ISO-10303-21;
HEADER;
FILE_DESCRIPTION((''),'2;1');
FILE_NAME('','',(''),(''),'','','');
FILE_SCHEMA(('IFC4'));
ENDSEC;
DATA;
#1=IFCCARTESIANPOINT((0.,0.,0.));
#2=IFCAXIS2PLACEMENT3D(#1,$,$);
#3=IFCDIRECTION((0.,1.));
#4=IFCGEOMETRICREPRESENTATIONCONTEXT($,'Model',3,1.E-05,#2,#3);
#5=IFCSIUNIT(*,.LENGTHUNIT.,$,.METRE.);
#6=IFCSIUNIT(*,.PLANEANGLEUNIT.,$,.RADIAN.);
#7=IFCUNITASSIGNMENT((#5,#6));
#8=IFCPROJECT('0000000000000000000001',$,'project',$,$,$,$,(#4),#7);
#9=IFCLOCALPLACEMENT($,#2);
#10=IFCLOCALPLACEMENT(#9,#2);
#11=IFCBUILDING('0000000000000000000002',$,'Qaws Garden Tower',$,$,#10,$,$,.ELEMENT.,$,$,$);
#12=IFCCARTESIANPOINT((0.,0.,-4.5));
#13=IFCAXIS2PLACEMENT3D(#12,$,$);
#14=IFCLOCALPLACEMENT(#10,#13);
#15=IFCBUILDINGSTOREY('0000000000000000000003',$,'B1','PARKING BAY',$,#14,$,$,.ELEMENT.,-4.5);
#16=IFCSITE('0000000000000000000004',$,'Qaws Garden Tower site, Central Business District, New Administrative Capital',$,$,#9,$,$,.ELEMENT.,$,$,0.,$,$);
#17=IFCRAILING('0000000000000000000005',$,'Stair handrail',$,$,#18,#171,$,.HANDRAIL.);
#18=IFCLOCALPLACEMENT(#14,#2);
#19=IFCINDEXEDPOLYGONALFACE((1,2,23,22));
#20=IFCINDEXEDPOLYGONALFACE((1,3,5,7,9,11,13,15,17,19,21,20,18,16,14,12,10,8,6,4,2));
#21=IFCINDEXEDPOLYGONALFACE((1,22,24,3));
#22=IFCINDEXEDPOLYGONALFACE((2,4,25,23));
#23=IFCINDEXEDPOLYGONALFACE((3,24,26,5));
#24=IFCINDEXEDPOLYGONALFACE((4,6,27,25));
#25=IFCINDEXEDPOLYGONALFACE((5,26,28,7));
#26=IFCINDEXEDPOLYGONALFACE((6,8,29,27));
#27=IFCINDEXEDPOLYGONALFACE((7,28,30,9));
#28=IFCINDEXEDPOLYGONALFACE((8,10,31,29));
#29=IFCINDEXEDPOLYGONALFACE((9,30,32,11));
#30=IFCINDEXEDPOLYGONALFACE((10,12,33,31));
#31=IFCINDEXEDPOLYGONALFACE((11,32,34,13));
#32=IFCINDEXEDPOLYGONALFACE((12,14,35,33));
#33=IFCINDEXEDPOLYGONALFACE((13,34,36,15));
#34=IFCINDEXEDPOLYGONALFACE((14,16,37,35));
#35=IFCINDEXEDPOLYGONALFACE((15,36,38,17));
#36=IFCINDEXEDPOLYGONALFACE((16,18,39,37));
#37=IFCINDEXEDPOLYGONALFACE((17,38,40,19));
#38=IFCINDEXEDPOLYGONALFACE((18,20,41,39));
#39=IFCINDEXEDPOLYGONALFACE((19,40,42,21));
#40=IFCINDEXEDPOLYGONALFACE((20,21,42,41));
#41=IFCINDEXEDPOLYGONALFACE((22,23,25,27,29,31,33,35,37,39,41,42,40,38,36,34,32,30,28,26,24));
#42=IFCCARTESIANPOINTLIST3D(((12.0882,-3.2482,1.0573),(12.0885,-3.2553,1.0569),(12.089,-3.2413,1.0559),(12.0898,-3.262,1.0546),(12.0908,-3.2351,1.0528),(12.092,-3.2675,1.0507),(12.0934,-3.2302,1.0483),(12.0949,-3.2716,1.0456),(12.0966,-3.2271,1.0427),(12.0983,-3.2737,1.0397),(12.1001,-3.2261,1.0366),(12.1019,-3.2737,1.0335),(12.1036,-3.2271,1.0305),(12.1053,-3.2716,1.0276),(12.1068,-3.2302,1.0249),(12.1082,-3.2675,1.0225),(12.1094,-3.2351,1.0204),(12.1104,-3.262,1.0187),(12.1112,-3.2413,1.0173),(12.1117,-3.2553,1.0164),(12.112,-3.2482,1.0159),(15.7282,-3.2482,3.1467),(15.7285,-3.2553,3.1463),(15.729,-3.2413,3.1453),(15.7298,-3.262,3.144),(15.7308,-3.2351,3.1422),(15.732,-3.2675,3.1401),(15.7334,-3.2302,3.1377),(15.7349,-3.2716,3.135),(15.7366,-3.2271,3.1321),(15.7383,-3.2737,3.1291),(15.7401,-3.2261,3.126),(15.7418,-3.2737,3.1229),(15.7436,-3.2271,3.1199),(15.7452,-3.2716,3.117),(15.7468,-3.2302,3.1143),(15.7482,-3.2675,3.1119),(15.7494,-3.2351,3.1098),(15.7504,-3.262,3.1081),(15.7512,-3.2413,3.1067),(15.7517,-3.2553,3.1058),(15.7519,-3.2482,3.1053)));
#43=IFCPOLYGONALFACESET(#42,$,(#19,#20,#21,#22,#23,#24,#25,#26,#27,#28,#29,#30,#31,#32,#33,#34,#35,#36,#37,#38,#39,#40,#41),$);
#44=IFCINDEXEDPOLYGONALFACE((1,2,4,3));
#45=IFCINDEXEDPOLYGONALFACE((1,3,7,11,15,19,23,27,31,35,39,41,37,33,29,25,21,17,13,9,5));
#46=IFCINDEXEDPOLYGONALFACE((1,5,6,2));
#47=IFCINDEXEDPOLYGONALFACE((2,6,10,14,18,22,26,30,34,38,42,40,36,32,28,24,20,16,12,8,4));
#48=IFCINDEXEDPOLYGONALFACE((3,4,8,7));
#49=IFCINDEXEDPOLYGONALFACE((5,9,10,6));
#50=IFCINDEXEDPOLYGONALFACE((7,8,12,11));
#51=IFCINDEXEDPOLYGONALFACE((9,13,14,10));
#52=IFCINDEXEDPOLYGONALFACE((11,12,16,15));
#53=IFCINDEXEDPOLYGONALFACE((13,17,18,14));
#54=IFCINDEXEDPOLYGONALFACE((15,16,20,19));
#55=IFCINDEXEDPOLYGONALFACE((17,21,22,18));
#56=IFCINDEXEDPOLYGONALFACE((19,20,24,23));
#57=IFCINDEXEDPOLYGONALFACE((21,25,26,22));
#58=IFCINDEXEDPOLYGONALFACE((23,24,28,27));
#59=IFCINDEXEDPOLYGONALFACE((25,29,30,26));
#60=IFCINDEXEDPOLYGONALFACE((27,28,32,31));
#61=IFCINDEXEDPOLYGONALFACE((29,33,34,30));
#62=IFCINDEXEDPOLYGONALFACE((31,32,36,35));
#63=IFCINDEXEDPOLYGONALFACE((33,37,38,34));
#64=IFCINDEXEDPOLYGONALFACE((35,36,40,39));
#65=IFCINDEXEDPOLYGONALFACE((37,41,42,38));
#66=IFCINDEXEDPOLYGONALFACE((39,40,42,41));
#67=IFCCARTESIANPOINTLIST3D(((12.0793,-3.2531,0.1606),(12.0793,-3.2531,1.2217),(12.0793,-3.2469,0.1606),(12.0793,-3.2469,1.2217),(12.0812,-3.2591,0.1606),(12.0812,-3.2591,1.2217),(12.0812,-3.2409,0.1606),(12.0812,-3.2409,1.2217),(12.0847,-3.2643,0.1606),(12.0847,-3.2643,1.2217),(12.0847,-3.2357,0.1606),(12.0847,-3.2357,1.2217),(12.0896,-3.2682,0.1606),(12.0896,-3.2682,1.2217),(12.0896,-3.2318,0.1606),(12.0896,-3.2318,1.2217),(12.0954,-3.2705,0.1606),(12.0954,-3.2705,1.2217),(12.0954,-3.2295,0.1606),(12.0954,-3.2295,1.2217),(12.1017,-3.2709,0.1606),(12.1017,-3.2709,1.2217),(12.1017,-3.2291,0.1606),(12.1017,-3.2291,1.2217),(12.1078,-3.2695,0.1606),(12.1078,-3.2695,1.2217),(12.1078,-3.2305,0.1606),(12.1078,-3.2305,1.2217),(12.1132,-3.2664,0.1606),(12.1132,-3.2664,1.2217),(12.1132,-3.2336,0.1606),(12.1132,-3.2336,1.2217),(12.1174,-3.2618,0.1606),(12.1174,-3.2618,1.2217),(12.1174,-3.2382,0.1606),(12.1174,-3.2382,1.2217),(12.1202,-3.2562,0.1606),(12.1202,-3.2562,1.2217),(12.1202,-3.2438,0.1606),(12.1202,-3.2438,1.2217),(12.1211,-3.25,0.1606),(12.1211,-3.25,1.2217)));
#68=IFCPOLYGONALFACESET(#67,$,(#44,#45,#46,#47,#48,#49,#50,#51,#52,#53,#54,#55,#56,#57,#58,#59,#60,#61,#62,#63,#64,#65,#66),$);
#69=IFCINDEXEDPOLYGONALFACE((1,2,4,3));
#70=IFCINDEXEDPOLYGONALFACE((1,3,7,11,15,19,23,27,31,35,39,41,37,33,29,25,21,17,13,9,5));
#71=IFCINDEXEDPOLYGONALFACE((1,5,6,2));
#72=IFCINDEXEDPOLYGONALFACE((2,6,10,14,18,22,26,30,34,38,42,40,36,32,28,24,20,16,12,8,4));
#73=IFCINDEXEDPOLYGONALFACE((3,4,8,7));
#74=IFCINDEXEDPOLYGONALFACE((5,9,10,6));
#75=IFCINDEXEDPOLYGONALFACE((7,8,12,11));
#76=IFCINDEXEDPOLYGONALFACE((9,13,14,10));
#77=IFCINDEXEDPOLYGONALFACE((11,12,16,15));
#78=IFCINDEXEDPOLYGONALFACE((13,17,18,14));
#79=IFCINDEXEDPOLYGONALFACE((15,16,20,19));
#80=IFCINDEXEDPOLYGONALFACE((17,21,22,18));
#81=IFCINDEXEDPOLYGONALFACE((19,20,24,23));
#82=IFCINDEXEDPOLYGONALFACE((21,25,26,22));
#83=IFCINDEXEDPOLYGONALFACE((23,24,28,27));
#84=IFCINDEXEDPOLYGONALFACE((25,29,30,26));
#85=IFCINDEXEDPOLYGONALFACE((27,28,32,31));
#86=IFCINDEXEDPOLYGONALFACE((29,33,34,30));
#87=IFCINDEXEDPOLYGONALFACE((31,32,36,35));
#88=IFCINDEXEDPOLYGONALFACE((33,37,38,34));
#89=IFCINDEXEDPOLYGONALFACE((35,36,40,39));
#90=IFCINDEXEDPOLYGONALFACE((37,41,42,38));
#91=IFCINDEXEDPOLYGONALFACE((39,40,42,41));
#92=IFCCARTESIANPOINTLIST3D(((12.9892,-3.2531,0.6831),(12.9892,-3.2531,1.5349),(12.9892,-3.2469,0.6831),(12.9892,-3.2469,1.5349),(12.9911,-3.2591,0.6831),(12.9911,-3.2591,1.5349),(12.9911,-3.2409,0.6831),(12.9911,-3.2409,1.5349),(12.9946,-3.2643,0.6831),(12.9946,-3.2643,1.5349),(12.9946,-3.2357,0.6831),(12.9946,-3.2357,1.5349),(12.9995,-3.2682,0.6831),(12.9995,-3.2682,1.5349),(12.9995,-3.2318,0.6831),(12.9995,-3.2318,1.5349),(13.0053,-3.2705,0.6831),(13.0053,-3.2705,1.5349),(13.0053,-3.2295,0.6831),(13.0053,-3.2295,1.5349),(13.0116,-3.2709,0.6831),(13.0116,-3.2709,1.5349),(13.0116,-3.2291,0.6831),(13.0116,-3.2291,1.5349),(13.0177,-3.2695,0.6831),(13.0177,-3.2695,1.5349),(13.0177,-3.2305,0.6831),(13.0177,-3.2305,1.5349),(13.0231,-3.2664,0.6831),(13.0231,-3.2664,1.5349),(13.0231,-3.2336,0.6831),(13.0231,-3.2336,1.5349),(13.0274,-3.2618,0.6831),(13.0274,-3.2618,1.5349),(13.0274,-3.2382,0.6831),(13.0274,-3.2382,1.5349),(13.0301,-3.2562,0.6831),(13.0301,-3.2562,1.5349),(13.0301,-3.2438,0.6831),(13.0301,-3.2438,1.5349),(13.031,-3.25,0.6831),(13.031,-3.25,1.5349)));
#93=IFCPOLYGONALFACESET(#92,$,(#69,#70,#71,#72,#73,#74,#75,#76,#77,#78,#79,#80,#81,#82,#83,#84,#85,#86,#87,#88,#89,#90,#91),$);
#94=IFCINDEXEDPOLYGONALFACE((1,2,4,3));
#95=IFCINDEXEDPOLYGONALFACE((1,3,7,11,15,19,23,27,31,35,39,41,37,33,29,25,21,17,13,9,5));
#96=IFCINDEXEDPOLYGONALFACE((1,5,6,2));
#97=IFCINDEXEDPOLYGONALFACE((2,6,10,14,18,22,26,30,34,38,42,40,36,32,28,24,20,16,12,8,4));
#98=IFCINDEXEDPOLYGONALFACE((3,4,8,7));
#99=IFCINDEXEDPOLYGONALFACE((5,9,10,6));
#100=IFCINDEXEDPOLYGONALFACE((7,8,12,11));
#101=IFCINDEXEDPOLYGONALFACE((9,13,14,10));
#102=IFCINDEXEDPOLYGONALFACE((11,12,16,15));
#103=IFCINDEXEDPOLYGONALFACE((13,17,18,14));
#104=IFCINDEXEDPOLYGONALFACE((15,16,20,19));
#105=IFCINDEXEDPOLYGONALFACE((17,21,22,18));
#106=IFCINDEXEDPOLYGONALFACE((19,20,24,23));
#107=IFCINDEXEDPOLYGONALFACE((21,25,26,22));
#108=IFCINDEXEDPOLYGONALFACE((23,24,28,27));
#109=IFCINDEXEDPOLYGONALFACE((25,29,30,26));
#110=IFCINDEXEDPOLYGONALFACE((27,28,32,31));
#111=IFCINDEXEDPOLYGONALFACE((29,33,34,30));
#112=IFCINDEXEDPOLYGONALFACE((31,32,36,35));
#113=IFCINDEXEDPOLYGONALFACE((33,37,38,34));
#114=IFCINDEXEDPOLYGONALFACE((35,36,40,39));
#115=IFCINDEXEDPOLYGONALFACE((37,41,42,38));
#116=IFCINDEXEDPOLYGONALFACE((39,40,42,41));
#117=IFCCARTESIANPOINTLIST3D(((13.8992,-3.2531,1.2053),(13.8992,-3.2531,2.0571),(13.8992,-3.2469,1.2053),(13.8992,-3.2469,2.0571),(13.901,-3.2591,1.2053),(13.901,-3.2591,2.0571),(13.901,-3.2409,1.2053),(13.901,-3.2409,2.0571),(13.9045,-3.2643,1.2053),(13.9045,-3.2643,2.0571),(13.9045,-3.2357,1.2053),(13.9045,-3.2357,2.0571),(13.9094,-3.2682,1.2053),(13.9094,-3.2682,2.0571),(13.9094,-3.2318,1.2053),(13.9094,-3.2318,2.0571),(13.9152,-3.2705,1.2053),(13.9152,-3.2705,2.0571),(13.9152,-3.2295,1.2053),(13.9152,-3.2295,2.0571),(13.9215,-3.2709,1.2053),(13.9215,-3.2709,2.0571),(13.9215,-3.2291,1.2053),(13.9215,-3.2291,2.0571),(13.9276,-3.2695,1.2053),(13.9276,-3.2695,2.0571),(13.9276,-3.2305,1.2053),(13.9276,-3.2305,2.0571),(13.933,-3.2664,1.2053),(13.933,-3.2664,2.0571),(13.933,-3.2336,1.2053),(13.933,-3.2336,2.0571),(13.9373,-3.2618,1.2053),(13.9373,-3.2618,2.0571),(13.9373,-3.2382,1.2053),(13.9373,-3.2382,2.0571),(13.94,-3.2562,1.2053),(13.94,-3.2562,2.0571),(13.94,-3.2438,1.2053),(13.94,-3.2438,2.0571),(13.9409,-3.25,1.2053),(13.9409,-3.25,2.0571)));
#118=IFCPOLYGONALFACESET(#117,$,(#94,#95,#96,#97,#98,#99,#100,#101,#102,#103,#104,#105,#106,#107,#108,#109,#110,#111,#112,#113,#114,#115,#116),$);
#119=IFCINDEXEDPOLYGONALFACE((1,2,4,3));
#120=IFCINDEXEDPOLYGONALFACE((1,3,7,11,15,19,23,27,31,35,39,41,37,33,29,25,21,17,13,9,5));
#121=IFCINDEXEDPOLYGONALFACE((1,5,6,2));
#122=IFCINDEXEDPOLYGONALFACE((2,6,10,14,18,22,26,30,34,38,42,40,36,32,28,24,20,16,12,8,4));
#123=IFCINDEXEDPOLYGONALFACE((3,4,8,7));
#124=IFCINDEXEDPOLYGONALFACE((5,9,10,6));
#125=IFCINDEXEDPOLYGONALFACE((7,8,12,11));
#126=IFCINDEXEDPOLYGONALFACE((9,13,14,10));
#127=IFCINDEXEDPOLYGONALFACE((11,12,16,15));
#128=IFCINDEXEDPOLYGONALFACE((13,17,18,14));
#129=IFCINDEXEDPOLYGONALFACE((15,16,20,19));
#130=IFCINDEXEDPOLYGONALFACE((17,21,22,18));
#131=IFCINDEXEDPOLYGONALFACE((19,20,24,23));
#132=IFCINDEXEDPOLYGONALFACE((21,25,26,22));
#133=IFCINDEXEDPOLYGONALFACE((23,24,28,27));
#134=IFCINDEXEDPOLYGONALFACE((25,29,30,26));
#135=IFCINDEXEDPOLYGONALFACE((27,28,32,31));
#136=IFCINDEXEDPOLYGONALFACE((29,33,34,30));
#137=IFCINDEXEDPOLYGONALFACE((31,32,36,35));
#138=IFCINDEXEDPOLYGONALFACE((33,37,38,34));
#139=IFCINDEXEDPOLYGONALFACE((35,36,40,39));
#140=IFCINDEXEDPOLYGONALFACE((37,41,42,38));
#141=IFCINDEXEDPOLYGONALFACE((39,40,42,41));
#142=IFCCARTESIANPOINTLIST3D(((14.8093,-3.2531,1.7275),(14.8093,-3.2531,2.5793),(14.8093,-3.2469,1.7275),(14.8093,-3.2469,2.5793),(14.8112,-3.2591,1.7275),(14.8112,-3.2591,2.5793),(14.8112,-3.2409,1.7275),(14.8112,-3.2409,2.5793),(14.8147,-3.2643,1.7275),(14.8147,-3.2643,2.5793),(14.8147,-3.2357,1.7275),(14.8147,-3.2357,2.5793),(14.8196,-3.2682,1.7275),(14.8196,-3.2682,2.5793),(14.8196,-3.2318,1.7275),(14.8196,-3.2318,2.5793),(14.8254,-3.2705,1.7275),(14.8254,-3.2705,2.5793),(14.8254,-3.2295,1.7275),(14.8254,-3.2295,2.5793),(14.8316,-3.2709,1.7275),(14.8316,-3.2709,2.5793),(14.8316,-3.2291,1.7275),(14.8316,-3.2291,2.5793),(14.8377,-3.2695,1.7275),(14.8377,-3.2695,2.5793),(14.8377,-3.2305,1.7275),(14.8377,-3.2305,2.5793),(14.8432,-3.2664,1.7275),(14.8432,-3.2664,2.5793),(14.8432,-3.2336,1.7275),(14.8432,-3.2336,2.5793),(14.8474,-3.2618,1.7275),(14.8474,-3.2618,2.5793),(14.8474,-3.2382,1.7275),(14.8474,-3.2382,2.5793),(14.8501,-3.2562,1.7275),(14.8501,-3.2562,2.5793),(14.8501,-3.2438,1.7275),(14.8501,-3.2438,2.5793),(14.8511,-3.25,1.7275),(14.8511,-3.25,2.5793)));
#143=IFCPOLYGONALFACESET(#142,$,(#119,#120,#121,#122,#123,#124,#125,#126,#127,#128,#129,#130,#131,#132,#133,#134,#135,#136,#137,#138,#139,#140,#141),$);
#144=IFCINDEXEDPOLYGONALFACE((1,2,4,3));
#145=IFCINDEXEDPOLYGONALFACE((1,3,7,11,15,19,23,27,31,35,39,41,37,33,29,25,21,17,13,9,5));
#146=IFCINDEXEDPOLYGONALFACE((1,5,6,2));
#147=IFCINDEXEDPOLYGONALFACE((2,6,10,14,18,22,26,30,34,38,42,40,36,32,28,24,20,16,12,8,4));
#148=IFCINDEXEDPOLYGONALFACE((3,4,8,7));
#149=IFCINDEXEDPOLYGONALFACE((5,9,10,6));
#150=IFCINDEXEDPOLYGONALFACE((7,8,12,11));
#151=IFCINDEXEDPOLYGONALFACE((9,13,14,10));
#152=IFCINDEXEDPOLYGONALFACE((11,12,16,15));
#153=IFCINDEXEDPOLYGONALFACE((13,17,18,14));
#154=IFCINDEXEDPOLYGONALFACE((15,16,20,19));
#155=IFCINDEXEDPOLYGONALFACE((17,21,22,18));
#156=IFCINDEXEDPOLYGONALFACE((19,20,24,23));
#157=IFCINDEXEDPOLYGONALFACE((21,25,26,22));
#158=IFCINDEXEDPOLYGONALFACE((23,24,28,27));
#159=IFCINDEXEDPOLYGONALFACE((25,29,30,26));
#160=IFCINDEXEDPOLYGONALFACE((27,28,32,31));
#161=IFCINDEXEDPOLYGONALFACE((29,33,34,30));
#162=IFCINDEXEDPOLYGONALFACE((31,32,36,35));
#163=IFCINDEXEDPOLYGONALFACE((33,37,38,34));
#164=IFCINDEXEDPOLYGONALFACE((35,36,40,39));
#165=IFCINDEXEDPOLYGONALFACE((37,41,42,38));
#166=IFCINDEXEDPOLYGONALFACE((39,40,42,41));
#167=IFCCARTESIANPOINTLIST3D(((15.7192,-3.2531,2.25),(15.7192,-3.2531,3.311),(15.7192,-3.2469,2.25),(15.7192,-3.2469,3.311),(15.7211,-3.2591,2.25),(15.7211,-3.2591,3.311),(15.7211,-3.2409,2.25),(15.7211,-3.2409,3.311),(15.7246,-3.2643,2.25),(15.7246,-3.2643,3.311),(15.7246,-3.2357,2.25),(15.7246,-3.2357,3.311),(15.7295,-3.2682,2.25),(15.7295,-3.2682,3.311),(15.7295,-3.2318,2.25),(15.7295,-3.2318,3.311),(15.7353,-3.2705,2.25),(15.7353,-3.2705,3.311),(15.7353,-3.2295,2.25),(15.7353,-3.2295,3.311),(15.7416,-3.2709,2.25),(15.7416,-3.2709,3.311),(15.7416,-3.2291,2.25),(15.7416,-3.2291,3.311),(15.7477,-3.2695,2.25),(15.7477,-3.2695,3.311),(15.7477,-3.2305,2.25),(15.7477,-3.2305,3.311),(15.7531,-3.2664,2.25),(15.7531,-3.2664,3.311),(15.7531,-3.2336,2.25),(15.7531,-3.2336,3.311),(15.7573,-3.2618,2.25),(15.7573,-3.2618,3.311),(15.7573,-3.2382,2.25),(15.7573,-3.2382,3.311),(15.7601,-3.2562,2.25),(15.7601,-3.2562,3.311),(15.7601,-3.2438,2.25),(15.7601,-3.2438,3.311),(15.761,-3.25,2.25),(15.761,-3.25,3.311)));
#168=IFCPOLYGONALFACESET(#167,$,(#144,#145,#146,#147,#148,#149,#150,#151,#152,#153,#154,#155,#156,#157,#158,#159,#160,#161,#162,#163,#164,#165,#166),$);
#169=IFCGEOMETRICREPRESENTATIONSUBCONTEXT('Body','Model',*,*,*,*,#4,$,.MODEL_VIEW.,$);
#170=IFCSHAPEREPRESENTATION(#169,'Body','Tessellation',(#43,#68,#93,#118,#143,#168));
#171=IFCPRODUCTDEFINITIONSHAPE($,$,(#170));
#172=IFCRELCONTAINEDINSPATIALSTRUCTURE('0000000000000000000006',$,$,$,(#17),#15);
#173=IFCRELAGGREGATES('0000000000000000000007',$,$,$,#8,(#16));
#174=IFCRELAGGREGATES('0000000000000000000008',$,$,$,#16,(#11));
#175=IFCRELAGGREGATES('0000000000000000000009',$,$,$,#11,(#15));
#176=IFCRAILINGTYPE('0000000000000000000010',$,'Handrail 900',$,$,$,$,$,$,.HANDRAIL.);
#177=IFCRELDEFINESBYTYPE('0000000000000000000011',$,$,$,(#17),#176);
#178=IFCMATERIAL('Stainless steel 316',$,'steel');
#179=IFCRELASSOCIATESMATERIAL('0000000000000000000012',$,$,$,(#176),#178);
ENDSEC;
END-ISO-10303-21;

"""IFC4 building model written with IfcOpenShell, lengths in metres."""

from ifc_helpers import new_model, si_unit, direction, frame, origin, origin_2d, place, context, subcontext, project, spatial, circle, extrude, material, type_object, element, save


model = new_model("IFC4")

# Units and contexts
model_context = context("Model", 3, precision=1e-05, world=origin(), true_north=direction((0.0, 1.0)))
body_context = subcontext(model_context, "Body", "Model", "MODEL_VIEW")
ifc_project = project(units=[si_unit("LENGTHUNIT", "METRE"), si_unit("PLANEANGLEUNIT", "RADIAN")], contexts=[model_context])

# Site, building, storey
site_placement = place(None, origin())
site = spatial("IfcSite", under=ifc_project, at=site_placement, Name="Qaws Garden Tower site, Central Business District, New Administrative Capital", CompositionType="ELEMENT", RefElevation=0.0)
building_placement = place(site_placement, origin())
building = spatial("IfcBuilding", under=site, at=building_placement, Name="Qaws Garden Tower", CompositionType="ELEMENT")
storey_placement = place(building_placement, frame((0.0, 0.0, -4.5)))
storey = spatial("IfcBuildingStorey", under=building, at=storey_placement, Name="B1", Description="PARKING BAY", CompositionType="ELEMENT", Elevation=-4.5)

# Railing
ifc_material_1 = material(Name="Stainless steel 316", Category="steel")
railing_type_1 = type_object("IfcRailingType", Name="Handrail 900", PredefinedType="HANDRAIL", material=ifc_material_1)
for number, where, name in (
    (1, (12.1001, -3.25, 0.1606), "Stair handrail"),
):
    element("IfcRailing", number, at=place(storey_placement, frame(where)), inside=storey, type_object=railing_type_1, Name=name, PredefinedType="HANDRAIL", context=body_context, shape_type="SweptSolid", body=[
        extrude(circle(Radius=0.0239, at=origin_2d()), frame((0.0, 0.0, 0.876), z_axis=(0.867275, 0.0, 0.497829), x_axis=(0.0, 1.0, 0.0)), (0.0, 0.0, 1.0), 4.197),
        extrude(circle(Radius=0.021, at=origin_2d()), origin(), (0.0, 0.0, 1.0), 1.061),
        extrude(circle(Radius=0.021, at=origin_2d()), frame((0.9099, 0.0, 0.5225)), (0.0, 0.0, 1.0), 0.8518),
        extrude(circle(Radius=0.021, at=origin_2d()), frame((1.8198, 0.0, 1.0447)), (0.0, 0.0, 1.0), 0.8518),
        extrude(circle(Radius=0.021, at=origin_2d()), frame((2.73, 0.0, 1.5669)), (0.0, 0.0, 1.0), 0.8518),
        extrude(circle(Radius=0.021, at=origin_2d()), frame((3.6399, 0.0, 2.0894)), (0.0, 0.0, 1.0), 1.061),
    ])

save(model, "model.ifc")
